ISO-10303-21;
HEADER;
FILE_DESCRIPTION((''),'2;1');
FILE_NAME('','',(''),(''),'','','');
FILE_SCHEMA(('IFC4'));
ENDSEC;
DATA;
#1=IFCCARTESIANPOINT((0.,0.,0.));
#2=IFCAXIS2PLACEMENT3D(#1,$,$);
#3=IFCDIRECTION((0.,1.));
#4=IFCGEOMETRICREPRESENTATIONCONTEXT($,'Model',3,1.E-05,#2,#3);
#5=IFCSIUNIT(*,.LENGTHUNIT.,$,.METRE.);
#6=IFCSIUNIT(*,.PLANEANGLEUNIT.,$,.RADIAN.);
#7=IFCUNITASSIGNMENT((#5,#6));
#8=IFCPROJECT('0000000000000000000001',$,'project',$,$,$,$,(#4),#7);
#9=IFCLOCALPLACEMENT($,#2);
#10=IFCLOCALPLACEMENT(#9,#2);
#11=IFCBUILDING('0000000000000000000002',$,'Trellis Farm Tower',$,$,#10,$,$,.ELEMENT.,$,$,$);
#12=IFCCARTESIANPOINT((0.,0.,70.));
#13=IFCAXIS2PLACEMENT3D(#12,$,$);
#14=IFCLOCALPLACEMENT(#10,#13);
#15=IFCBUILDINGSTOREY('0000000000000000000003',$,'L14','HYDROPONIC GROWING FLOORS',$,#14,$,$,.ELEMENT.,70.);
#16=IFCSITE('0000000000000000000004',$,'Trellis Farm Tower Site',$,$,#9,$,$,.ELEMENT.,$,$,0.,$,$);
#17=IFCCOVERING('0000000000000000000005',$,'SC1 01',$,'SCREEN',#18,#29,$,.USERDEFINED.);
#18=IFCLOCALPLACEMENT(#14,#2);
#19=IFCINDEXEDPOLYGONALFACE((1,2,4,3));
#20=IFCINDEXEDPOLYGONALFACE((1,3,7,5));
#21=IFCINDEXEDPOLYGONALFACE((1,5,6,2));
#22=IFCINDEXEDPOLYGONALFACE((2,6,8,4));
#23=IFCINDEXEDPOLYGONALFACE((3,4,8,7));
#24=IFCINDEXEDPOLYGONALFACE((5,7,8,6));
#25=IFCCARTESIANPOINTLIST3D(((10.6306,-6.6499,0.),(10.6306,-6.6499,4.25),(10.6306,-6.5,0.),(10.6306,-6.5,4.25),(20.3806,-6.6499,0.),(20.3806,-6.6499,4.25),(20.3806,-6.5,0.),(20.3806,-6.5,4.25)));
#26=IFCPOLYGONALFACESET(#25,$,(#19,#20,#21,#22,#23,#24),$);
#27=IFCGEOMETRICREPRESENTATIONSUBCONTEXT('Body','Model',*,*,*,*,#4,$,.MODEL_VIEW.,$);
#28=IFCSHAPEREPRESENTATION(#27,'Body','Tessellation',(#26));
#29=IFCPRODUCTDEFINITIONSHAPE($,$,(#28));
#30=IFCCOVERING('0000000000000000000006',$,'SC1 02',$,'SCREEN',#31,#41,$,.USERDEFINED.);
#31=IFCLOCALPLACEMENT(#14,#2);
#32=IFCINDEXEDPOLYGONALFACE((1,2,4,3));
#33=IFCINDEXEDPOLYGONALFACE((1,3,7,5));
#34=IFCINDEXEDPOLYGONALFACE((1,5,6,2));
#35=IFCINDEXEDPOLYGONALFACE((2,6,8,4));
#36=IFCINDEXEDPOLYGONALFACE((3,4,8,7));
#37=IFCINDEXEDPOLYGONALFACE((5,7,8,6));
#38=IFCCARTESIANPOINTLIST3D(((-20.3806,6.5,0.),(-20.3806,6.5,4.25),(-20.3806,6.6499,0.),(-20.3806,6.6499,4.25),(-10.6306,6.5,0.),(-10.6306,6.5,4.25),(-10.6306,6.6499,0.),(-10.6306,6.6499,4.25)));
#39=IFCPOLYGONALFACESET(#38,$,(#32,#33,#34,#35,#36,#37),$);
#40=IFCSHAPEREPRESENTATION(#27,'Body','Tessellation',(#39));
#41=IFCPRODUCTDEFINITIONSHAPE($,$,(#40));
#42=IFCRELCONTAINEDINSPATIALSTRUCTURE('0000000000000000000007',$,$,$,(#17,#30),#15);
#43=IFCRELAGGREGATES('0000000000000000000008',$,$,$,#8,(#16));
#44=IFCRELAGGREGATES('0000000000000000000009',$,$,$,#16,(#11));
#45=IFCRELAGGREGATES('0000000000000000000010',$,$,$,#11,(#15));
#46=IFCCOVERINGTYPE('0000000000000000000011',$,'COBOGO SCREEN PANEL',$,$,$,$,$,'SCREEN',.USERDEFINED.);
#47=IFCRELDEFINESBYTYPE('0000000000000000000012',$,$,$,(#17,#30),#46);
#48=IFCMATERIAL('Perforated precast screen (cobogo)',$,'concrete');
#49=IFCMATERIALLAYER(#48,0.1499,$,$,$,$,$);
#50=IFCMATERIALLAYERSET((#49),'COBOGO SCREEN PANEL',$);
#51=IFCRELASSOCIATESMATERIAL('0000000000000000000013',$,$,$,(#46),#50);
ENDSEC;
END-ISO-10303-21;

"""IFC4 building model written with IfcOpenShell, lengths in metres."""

from ifc_helpers import new_model, si_unit, direction, frame, origin, place, context, subcontext, project, spatial, polyline, outline, extrude, source, transform, mapped, material, layer, layer_set, type_object, element, save


model = new_model("IFC4")

# Units and contexts
model_context = context("Model", 3, precision=1e-05, world=origin(), true_north=direction((0.0, 1.0)))
body_context = subcontext(model_context, "Body", "Model", "MODEL_VIEW")
ifc_project = project(units=[si_unit("LENGTHUNIT", "METRE"), si_unit("PLANEANGLEUNIT", "RADIAN")], contexts=[model_context])

# Site, building, storey
site_placement = place(None, origin())
site = spatial("IfcSite", under=ifc_project, at=site_placement, Name="Trellis Farm Tower Site", CompositionType="ELEMENT", RefElevation=0.0)
building_placement = place(site_placement, origin())
building = spatial("IfcBuilding", under=site, at=building_placement, Name="Trellis Farm Tower", CompositionType="ELEMENT")
storey_placement = place(building_placement, frame((0.0, 0.0, 70.0)))
storey = spatial("IfcBuildingStorey", under=building, at=storey_placement, Name="L14", Description="HYDROPONIC GROWING FLOORS", CompositionType="ELEMENT", Elevation=70.0)

# Shared definitions
placement = place(storey_placement, origin())

# Coverings
ifc_material_1 = material(Name="Perforated precast screen (cobogo)", Category="concrete")
ifc_layer_1 = layer(ifc_material_1, 0.1499)
ifc_layer_set_1 = layer_set([ifc_layer_1], Name="COBOGO SCREEN PANEL")
covering_type = type_object("IfcCoveringType", Name="COBOGO SCREEN PANEL", ElementType="SCREEN", PredefinedType="USERDEFINED", material=ifc_layer_set_1)
shared_shape_1 = source(origin(), body_context, "Body", "SweptSolid", [
    extrude(outline(polyline([(10.6306, -6.6499), (20.3806, -6.6499), (20.3806, -6.5), (10.6306, -6.5), (10.6306, -6.6499)])), origin(), (0.0, 0.0, 1.0), 4.25),
])
element("IfcCovering", 1, at=placement, inside=storey, type_object=covering_type, Name="SC1 01", ObjectType="SCREEN", PredefinedType="USERDEFINED", context=body_context, shape_type="MappedRepresentation", body=[
    mapped(shared_shape_1, transform((0.0, 0.0, 0.0))),
])
shared_shape_2 = source(origin(), body_context, "Body", "SweptSolid", [
    extrude(outline(polyline([(-10.6306, 6.6499), (-20.3806, 6.6499), (-20.3806, 6.5), (-10.6306, 6.5), (-10.6306, 6.6499)])), origin(), (0.0, 0.0, 1.0), 4.25),
])
element("IfcCovering", 2, at=placement, inside=storey, type_object=covering_type, Name="SC1 02", ObjectType="SCREEN", PredefinedType="USERDEFINED", context=body_context, shape_type="MappedRepresentation", body=[
    mapped(shared_shape_2, transform((0.0, 0.0, 0.0))),
])

save(model, "model.ifc")
